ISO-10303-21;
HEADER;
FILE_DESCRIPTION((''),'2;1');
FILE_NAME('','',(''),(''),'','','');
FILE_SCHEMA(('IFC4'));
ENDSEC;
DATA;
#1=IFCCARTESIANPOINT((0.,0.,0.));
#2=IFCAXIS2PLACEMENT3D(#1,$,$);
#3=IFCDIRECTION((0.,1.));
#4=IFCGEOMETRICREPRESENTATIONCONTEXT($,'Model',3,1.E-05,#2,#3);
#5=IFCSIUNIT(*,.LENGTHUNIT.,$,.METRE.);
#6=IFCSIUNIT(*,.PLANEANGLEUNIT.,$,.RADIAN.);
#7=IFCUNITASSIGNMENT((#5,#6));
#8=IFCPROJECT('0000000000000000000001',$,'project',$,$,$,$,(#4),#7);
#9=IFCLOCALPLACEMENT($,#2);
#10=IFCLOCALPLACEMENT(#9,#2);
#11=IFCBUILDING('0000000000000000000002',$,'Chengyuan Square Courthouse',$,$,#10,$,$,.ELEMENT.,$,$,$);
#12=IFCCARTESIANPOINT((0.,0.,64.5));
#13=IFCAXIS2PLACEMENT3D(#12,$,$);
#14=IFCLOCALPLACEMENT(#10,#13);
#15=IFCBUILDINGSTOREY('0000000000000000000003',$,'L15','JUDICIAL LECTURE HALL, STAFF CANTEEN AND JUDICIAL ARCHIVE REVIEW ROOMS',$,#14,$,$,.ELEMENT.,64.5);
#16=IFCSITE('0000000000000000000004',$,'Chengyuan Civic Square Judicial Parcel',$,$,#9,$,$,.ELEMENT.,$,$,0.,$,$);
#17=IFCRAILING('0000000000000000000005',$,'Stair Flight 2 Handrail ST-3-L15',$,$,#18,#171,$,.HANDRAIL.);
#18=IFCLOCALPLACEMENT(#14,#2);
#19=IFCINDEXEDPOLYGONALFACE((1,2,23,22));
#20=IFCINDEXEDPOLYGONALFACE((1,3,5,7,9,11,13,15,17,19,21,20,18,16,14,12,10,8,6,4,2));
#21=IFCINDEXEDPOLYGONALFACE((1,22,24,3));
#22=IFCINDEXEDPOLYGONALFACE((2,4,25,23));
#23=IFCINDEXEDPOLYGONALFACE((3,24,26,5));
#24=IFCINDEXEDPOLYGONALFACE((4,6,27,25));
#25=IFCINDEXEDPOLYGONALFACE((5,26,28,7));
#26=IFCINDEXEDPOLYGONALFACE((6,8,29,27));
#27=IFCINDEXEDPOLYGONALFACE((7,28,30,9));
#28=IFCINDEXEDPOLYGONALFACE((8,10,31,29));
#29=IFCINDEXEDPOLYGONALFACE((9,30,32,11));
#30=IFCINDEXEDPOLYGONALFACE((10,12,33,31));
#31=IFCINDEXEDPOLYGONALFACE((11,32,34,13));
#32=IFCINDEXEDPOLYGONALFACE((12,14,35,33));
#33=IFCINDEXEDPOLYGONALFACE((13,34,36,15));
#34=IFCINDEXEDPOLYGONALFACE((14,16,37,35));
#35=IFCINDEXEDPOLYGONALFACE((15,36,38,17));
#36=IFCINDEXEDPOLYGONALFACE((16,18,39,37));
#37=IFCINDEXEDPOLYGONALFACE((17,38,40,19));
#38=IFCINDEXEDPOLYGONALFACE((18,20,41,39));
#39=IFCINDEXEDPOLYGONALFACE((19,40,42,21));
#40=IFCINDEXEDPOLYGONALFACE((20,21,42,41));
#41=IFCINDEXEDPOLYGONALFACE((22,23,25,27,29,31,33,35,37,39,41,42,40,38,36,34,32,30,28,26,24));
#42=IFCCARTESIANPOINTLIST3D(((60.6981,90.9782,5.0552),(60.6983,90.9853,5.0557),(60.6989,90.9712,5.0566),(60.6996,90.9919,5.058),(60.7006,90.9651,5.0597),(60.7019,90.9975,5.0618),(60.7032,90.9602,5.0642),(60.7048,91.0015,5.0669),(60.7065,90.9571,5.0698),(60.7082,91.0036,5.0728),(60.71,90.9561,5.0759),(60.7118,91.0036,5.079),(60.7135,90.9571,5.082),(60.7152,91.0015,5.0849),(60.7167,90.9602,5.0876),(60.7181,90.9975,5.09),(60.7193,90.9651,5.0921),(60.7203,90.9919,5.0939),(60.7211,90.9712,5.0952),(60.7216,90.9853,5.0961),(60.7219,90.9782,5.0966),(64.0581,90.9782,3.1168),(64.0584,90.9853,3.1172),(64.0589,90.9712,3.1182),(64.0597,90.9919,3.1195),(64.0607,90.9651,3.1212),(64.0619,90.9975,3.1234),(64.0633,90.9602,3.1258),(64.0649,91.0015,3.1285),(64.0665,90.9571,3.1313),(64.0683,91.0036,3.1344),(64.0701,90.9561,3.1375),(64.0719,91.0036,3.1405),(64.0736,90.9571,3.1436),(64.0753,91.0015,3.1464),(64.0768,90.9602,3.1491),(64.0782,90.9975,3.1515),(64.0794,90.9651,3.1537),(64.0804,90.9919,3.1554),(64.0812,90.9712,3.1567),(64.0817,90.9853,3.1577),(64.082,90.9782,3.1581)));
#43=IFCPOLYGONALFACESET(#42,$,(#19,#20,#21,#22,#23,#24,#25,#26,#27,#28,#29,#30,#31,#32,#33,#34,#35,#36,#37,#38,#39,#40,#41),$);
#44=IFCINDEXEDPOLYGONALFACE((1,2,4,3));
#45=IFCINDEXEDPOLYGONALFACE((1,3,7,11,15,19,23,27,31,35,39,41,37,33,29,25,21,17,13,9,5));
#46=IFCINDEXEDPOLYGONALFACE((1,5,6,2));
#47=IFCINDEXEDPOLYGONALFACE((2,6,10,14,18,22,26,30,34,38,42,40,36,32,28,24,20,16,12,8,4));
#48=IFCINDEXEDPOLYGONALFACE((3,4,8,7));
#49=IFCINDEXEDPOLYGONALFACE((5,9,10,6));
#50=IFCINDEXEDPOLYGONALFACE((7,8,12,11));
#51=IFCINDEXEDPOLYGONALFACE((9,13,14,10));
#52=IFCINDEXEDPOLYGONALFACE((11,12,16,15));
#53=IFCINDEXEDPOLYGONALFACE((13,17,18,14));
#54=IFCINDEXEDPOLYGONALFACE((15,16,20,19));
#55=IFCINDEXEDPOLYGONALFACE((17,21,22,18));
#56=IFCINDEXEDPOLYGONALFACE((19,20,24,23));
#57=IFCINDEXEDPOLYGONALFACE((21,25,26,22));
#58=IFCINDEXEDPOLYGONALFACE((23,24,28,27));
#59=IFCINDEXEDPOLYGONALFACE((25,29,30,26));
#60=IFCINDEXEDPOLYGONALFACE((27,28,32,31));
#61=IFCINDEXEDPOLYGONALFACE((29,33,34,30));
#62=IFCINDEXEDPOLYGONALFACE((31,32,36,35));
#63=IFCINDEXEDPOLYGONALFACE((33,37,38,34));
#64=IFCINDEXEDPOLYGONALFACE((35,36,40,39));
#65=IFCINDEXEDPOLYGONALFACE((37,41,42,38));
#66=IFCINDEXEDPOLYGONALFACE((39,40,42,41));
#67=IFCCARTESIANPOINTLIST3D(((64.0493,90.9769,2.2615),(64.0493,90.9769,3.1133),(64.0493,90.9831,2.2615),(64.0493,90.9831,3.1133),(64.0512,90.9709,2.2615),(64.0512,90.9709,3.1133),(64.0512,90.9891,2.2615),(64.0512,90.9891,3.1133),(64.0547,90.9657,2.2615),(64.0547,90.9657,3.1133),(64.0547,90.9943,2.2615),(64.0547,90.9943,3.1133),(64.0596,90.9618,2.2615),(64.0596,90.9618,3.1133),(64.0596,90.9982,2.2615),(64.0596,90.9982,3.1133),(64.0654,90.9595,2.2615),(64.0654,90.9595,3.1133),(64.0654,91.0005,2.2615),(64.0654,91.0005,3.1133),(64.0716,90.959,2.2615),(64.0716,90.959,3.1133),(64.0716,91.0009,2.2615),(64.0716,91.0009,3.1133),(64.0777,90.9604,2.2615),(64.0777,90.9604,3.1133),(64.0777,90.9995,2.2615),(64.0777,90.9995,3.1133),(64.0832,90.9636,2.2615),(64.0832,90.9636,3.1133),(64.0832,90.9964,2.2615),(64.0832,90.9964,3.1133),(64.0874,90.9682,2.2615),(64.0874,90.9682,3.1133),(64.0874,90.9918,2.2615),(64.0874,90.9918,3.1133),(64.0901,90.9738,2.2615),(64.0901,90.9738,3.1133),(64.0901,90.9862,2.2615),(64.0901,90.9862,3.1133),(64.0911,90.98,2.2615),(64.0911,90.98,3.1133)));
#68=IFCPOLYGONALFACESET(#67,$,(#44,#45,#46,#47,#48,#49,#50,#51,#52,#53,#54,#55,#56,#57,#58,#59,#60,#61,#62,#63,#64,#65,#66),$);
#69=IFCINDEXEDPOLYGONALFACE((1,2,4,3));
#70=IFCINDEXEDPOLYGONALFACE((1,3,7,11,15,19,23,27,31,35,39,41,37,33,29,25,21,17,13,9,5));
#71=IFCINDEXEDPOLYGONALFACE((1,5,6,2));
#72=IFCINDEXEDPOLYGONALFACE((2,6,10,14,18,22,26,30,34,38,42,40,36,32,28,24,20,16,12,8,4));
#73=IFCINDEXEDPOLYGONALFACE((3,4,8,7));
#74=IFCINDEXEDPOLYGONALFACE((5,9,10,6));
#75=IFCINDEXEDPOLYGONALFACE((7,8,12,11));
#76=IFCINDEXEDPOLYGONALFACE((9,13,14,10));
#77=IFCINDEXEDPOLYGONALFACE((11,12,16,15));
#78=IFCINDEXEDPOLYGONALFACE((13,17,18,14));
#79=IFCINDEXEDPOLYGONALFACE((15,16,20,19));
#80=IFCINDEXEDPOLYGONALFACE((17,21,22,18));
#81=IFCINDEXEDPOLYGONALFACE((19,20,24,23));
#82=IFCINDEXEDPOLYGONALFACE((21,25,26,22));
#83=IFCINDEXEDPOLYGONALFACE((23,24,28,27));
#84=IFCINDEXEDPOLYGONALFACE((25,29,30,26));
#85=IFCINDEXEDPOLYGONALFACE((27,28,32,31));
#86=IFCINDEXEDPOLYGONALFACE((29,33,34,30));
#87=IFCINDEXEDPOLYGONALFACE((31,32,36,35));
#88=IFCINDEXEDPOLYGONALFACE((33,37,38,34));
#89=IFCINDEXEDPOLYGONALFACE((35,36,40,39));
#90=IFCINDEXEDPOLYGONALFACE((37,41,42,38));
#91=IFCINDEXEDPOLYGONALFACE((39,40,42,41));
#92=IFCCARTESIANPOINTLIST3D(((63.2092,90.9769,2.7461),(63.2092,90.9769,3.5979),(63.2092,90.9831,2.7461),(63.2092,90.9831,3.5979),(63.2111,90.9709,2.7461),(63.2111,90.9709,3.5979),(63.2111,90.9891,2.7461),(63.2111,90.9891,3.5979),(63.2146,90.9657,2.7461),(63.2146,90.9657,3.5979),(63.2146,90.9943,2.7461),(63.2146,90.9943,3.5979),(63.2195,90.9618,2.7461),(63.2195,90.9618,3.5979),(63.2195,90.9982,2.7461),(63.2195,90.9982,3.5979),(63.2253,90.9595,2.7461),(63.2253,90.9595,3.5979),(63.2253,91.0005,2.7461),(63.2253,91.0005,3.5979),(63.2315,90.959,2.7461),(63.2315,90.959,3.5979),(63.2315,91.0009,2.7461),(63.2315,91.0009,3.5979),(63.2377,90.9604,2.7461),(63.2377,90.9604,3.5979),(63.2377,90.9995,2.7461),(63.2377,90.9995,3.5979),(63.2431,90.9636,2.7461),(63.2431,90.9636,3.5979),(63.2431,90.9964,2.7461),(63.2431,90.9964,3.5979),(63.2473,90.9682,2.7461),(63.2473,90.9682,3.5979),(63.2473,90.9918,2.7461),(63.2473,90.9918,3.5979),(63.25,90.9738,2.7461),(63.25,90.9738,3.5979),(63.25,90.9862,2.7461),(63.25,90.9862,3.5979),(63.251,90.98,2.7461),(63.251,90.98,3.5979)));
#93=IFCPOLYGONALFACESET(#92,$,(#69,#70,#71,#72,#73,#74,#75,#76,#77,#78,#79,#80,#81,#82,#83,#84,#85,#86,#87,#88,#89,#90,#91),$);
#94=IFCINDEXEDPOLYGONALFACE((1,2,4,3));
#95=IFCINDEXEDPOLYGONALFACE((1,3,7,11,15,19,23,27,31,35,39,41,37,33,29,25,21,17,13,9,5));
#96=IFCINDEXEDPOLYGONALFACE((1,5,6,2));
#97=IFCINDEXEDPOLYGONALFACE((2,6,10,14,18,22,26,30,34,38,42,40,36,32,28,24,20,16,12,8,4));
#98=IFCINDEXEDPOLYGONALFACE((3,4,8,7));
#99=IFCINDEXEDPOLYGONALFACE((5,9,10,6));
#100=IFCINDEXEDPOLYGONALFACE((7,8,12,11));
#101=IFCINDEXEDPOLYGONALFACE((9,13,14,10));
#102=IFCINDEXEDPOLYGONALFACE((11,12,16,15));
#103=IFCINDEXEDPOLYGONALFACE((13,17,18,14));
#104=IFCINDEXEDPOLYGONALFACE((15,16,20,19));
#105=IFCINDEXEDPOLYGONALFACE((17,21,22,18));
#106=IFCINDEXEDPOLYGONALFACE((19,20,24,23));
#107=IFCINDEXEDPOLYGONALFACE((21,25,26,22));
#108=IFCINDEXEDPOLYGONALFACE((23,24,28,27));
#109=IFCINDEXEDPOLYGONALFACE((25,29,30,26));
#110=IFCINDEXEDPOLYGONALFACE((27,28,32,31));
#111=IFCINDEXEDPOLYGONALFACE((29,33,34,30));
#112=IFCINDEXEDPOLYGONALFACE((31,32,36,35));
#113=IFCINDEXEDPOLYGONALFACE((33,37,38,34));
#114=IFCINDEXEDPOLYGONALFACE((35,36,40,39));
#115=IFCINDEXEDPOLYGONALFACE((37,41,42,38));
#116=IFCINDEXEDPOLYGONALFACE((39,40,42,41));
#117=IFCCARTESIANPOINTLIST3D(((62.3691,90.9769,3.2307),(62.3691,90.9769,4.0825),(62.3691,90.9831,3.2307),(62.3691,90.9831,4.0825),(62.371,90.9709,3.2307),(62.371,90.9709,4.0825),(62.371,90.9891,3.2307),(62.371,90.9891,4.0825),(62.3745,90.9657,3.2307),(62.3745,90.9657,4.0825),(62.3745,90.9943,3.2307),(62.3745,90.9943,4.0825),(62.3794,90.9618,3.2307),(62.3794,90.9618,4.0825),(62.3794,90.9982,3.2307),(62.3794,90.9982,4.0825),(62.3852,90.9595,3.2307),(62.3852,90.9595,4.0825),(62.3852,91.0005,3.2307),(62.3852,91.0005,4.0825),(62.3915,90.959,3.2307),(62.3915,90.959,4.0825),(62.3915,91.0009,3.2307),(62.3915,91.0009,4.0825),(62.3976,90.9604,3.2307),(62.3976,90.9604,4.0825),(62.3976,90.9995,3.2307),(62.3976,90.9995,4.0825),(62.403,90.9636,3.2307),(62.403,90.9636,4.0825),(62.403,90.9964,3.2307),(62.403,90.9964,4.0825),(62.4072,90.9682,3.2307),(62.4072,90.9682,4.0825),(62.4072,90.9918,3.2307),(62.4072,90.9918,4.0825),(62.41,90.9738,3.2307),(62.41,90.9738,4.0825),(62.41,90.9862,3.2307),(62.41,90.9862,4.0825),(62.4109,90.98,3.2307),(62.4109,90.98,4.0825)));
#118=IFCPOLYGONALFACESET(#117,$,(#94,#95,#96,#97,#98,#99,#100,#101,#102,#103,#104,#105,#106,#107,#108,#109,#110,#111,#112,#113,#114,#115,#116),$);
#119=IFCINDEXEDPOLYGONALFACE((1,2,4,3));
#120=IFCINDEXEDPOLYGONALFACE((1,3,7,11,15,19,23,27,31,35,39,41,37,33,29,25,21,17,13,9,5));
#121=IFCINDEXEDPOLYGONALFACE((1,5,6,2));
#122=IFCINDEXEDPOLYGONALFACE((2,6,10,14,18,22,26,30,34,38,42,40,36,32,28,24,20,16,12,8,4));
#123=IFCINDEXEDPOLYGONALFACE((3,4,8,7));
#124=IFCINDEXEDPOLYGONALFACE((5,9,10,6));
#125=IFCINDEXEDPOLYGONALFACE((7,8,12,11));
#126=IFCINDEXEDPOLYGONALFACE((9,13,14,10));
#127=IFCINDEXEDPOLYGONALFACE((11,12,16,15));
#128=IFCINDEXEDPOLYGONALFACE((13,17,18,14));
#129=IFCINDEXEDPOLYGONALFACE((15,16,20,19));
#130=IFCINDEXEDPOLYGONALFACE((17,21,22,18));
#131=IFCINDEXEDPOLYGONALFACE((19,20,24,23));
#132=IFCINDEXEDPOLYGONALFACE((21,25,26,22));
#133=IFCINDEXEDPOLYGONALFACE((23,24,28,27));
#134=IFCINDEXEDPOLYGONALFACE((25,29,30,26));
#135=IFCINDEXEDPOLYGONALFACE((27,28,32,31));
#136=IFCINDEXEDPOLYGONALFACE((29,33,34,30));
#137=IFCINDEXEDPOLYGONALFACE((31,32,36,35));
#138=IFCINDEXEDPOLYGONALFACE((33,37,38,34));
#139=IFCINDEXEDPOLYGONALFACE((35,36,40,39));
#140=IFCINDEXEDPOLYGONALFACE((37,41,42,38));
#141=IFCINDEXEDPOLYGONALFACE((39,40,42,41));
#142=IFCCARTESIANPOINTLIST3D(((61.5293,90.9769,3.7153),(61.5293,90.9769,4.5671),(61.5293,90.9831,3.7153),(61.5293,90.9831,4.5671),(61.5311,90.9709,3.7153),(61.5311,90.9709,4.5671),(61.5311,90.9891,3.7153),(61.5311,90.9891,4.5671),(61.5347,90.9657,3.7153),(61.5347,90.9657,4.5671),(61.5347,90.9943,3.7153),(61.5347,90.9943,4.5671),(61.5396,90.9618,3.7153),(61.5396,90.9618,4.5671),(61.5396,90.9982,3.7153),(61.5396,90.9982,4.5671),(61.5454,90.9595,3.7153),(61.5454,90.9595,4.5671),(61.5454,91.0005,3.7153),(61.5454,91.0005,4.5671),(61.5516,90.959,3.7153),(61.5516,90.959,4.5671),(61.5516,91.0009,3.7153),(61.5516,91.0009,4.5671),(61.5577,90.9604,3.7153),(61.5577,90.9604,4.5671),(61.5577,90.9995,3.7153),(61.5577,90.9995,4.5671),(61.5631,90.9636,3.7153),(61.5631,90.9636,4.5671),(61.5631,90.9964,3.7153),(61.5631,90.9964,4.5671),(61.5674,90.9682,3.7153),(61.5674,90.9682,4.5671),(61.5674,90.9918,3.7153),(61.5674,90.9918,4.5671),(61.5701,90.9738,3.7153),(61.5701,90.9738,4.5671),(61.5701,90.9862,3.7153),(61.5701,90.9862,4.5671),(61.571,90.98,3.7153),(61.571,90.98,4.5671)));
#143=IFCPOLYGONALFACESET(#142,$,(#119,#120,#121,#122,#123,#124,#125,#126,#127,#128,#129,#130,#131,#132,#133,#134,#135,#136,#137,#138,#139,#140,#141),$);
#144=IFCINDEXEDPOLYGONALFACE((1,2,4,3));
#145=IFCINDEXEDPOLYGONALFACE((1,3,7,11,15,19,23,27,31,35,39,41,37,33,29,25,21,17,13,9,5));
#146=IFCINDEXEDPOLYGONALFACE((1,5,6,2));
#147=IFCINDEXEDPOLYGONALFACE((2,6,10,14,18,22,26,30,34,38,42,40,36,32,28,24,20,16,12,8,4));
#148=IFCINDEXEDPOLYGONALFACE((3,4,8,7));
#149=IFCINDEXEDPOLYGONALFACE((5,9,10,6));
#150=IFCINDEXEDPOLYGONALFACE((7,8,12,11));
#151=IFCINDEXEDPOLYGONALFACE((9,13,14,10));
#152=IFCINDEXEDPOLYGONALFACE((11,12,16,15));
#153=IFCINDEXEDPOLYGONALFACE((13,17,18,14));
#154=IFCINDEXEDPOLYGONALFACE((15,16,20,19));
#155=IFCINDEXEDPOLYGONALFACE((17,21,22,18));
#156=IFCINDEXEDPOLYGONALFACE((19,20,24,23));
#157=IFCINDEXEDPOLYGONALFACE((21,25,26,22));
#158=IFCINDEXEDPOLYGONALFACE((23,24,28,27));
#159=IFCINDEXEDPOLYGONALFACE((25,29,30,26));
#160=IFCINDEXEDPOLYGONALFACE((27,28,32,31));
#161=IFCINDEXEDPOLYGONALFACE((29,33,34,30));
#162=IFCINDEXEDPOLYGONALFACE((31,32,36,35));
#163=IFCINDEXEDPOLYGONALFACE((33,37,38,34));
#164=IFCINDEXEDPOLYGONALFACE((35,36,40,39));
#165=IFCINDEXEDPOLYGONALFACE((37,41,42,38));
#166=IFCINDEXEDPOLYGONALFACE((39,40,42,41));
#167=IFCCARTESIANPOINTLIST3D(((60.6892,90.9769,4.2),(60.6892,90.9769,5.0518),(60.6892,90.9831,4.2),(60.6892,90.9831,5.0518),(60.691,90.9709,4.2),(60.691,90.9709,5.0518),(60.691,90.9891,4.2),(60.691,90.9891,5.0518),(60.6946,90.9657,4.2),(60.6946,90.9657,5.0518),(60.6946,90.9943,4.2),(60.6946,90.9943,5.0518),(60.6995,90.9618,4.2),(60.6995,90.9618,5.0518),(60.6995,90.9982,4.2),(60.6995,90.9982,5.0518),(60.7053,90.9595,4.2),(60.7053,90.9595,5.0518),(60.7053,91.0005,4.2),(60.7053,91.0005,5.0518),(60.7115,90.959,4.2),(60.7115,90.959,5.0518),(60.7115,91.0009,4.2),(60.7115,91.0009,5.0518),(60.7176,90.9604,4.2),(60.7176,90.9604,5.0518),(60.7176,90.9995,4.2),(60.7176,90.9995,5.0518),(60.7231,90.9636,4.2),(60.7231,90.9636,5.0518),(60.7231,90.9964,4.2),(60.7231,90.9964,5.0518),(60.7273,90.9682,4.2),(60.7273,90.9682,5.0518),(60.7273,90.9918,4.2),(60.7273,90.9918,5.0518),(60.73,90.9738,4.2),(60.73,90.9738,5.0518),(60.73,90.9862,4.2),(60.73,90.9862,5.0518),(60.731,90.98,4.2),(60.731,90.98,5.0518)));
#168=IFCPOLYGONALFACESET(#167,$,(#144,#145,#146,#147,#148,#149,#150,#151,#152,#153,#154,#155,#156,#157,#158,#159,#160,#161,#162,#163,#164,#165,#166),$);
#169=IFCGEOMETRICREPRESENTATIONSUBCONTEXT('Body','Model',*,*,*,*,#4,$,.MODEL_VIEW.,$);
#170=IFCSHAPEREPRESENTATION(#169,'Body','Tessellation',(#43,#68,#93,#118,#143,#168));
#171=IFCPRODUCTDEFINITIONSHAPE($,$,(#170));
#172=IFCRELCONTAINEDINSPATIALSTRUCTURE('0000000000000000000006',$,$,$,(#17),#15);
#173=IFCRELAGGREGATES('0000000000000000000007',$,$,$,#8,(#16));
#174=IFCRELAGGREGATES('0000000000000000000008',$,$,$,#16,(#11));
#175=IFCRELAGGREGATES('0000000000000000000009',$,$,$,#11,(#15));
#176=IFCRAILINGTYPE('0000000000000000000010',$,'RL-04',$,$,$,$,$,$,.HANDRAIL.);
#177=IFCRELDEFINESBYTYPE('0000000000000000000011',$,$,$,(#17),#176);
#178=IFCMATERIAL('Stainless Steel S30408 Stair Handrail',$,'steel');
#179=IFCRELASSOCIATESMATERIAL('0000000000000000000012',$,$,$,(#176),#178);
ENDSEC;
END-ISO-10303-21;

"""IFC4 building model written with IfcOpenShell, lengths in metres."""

from ifc_helpers import new_model, si_unit, direction, frame, origin, origin_2d, place, context, subcontext, project, spatial, circle, extrude, material, type_object, element, save


model = new_model("IFC4")

# Units and contexts
model_context = context("Model", 3, precision=1e-05, world=origin(), true_north=direction((0.0, 1.0)))
body_context = subcontext(model_context, "Body", "Model", "MODEL_VIEW")
ifc_project = project(units=[si_unit("LENGTHUNIT", "METRE"), si_unit("PLANEANGLEUNIT", "RADIAN")], contexts=[model_context])

# Site, building, storey
site_placement = place(None, origin())
site = spatial("IfcSite", under=ifc_project, at=site_placement, Name="Chengyuan Civic Square Judicial Parcel", CompositionType="ELEMENT", RefElevation=0.0)
building_placement = place(site_placement, origin())
building = spatial("IfcBuilding", under=site, at=building_placement, Name="Chengyuan Square Courthouse", CompositionType="ELEMENT")
storey_placement = place(building_placement, frame((0.0, 0.0, 64.5)))
storey = spatial("IfcBuildingStorey", under=building, at=storey_placement, Name="L15", Description="JUDICIAL LECTURE HALL, STAFF CANTEEN AND JUDICIAL ARCHIVE REVIEW ROOMS", CompositionType="ELEMENT", Elevation=64.5)

# Railing
ifc_material_1 = material(Name="Stainless Steel S30408 Stair Handrail", Category="steel")
railing_type_1 = type_object("IfcRailingType", Name="RL-04", PredefinedType="HANDRAIL", material=ifc_material_1)
railing_1_placement = place(storey_placement, frame((64.0701, 90.98, 2.2615)))
element("IfcRailing", 1, at=railing_1_placement, inside=storey, type_object=railing_type_1, Name="Stair Flight 2 Handrail ST-3-L15", PredefinedType="HANDRAIL", context=body_context, shape_type="SweptSolid", body=[
    extrude(circle(Radius=0.0239, at=origin_2d()), frame((0.0, 0.0, 0.876), z_axis=(-0.866191, 0.0, 0.499713), x_axis=(0.0, -1.0, 0.0)), (0.0, 0.0, 1.0), 3.8792),
    extrude(circle(Radius=0.021, at=origin_2d()), origin(), (0.0, 0.0, 1.0), 0.8518),
    extrude(circle(Radius=0.021, at=origin_2d()), frame((-0.8401, 0.0, 0.4846)), (0.0, 0.0, 1.0), 0.8518),
    extrude(circle(Radius=0.021, at=origin_2d()), frame((-1.6802, 0.0, 0.9692)), (0.0, 0.0, 1.0), 0.8518),
    extrude(circle(Radius=0.021, at=origin_2d()), frame((-2.52, 0.0, 1.4539)), (0.0, 0.0, 1.0), 0.8518),
    extrude(circle(Radius=0.021, at=origin_2d()), frame((-3.3601, 0.0, 1.9385)), (0.0, 0.0, 1.0), 0.8518),
])

save(model, "model.ifc")
